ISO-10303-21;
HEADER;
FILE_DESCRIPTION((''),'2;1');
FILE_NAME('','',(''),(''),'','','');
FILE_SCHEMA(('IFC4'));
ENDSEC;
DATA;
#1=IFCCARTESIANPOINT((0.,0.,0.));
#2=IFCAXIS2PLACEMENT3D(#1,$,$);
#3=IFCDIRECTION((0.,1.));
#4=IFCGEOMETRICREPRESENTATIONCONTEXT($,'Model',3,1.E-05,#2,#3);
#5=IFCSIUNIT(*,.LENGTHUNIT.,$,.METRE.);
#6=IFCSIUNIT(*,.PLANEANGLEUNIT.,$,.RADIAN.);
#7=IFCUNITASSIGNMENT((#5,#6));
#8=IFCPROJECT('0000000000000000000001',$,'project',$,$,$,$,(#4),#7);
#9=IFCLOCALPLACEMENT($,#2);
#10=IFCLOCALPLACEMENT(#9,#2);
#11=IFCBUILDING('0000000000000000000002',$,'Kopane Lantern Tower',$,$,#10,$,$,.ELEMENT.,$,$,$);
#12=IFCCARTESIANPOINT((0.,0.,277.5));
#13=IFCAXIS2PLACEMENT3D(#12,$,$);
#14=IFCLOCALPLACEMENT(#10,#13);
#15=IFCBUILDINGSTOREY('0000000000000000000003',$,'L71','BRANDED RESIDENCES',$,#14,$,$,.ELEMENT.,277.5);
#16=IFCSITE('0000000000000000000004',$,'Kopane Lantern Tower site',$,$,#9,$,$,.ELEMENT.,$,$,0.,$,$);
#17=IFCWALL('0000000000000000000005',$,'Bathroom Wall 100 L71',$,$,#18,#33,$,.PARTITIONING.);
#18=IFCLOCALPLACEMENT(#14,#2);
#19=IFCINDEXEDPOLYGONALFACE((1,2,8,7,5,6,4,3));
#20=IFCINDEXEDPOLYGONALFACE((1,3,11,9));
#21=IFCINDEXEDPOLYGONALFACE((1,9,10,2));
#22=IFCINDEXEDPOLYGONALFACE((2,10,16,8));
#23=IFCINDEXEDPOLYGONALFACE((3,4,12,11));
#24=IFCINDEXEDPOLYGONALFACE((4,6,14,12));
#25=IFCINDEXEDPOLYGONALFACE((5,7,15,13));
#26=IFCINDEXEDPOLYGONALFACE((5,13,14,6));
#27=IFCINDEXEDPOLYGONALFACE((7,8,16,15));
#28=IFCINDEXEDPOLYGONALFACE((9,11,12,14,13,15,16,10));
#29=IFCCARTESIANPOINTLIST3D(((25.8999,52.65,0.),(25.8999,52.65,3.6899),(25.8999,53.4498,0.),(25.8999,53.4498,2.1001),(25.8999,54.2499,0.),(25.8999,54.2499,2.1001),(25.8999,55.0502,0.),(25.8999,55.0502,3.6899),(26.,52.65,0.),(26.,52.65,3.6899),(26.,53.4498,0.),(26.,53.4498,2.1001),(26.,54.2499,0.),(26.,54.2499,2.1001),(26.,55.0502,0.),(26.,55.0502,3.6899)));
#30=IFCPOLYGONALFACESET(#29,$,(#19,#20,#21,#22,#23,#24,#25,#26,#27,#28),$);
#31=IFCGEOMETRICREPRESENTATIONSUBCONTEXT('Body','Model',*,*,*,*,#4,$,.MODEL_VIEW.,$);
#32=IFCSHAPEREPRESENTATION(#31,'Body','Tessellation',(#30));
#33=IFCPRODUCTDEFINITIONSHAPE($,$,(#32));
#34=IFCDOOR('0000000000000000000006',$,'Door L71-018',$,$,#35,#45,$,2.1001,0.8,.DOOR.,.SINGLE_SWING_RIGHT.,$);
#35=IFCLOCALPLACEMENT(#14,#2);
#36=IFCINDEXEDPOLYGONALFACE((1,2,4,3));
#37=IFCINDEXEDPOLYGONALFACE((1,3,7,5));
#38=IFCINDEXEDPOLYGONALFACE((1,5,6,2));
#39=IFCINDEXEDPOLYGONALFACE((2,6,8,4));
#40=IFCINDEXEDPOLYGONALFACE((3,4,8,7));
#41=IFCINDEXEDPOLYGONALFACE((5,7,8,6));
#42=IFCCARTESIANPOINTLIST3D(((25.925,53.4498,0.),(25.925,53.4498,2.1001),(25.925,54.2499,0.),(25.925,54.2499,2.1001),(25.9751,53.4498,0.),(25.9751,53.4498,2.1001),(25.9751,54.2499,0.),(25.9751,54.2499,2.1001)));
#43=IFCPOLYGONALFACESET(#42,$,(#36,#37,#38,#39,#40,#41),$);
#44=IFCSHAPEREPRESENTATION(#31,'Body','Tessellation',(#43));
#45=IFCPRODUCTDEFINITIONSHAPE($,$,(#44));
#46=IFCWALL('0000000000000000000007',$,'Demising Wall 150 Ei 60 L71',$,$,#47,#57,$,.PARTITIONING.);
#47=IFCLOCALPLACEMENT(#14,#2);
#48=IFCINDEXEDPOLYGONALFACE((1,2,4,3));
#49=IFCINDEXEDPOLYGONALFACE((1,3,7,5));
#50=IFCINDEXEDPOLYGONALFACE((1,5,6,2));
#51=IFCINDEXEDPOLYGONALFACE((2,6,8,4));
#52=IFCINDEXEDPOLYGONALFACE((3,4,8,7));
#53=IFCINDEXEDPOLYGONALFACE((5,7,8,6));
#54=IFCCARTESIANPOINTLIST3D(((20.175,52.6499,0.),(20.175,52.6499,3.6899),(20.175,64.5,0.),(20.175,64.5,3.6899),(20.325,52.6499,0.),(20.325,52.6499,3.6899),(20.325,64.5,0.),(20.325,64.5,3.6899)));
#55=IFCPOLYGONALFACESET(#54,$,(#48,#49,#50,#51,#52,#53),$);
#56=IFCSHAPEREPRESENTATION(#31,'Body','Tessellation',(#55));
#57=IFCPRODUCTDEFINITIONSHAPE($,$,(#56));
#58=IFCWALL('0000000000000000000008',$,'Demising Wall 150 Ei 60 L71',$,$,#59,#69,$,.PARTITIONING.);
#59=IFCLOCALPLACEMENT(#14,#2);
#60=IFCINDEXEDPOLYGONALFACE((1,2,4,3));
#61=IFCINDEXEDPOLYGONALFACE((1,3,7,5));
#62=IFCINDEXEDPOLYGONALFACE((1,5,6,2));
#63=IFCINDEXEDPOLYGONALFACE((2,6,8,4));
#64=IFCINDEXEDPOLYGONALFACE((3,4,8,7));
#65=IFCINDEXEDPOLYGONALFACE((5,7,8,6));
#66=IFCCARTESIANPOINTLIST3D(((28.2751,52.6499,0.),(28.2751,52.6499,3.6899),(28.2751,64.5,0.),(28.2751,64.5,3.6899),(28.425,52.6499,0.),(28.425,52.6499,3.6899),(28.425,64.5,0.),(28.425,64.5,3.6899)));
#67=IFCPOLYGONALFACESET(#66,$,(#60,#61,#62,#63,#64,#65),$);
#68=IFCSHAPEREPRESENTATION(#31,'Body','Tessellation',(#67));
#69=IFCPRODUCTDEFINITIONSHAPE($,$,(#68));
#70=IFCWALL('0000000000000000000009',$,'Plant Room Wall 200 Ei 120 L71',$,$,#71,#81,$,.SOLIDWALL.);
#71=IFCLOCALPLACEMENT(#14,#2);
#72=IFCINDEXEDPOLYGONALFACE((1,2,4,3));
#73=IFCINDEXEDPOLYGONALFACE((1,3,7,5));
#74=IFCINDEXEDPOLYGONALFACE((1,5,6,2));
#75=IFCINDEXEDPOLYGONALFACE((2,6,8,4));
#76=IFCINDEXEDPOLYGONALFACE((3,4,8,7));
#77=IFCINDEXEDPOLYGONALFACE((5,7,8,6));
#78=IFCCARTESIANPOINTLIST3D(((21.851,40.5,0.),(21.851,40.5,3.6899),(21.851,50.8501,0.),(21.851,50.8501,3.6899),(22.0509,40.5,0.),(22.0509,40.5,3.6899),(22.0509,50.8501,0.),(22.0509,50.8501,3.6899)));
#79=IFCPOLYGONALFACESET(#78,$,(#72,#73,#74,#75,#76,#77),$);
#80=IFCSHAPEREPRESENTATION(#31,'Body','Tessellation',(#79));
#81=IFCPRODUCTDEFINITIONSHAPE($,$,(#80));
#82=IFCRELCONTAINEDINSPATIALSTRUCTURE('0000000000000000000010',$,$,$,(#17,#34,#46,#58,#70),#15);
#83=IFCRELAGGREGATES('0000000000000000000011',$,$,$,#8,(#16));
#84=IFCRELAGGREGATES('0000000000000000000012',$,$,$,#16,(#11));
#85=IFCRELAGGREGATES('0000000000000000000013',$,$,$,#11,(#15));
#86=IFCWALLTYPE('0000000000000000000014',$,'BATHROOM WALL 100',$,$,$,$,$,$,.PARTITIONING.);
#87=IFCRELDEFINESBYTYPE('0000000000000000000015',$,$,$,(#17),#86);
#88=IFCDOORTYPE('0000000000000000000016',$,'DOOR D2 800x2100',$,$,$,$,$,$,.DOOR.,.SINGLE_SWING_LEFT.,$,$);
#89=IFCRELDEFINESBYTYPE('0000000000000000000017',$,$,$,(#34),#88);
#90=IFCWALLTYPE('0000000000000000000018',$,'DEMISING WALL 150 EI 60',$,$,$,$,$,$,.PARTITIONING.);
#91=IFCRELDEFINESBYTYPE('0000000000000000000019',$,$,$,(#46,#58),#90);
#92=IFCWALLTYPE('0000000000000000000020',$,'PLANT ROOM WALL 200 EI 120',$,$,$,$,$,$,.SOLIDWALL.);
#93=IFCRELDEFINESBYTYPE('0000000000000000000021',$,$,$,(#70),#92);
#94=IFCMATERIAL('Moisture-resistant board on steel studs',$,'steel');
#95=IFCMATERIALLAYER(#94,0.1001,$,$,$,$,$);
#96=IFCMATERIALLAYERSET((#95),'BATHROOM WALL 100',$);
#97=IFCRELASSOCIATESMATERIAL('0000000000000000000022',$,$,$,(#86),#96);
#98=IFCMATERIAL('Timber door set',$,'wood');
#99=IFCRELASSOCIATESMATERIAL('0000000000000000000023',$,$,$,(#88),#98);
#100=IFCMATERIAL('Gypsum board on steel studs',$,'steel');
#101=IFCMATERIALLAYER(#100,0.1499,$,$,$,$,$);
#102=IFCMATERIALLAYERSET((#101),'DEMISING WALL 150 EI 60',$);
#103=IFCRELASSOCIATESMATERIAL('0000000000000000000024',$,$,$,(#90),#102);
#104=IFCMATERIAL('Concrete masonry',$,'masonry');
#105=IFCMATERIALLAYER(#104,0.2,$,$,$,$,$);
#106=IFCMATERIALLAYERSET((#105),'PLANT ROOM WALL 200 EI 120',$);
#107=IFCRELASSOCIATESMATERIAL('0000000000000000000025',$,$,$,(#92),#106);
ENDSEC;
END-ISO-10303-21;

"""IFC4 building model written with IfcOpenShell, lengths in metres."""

from ifc_helpers import new_model, si_unit, direction, frame, frame_2d, origin, place, context, subcontext, project, spatial, rectangle, extrude, material, layer, layer_set, type_object, element, fill, save


model = new_model("IFC4")

# Units and contexts
model_context = context("Model", 3, precision=1e-05, world=origin(), true_north=direction((0.0, 1.0)))
body_context = subcontext(model_context, "Body", "Model", "MODEL_VIEW")
ifc_project = project(units=[si_unit("LENGTHUNIT", "METRE"), si_unit("PLANEANGLEUNIT", "RADIAN")], contexts=[model_context])

# Site, building, storey
site_placement = place(None, origin())
site = spatial("IfcSite", under=ifc_project, at=site_placement, Name="Kopane Lantern Tower site", CompositionType="ELEMENT", RefElevation=0.0)
building_placement = place(site_placement, origin())
building = spatial("IfcBuilding", under=site, at=building_placement, Name="Kopane Lantern Tower", CompositionType="ELEMENT")
storey_placement = place(building_placement, frame((0.0, 0.0, 277.5)))
storey = spatial("IfcBuildingStorey", under=building, at=storey_placement, Name="L71", Description="BRANDED RESIDENCES", CompositionType="ELEMENT", Elevation=277.5)

# Wall, opening, door
ifc_material_1 = material(Name="Moisture-resistant board on steel studs", Category="steel")
ifc_layer_1 = layer(ifc_material_1, 0.1001)
ifc_layer_set_1 = layer_set([ifc_layer_1], Name="BATHROOM WALL 100")
wall_type_1 = type_object("IfcWallType", Name="BATHROOM WALL 100", PredefinedType="PARTITIONING", material=ifc_layer_set_1)
wall_1_placement = place(storey_placement, frame((25.95, 52.6499, 0.0), z_axis=(0.0, 0.0, 1.0), x_axis=(0.0, 1.0, 0.0)))
wall_1 = element("IfcWall", 1, at=wall_1_placement, inside=storey, type_object=wall_type_1, Name="Bathroom Wall 100 L71", PredefinedType="PARTITIONING", context=body_context, shape_type="SweptSolid", body=[
    extrude(rectangle(XDim=2.4001, YDim=0.1001, at=frame_2d((1.2002, 0.0))), origin(), (0.0, 0.0, 1.0), 3.6899),
])
opening_1_placement = place(wall_1_placement, frame((0.8, 0.0, 0.0)))
opening_1 = element("IfcOpeningElement", 2, at=opening_1_placement, cuts=wall_1, PredefinedType="OPENING", context=body_context, shape_type="SweptSolid", body=[
    extrude(rectangle(XDim=0.8, YDim=2.1001, at=frame_2d((0.3999, 1.05))), frame((0.0, 0.0601, 0.0), z_axis=(0.0, -1.0, 0.0), x_axis=(1.0, 0.0, 0.0)), (0.0, 0.0, 1.0), 0.1201),
])
ifc_material_2 = material(Name="Timber door set", Category="wood")
door_type_1 = type_object("IfcDoorType", Name="DOOR D2 800x2100", OperationType="SINGLE_SWING_LEFT", PredefinedType="DOOR", material=ifc_material_2)
door_1_placement = place(opening_1_placement, origin())
door_1 = element("IfcDoor", 3, at=door_1_placement, inside=storey, type_object=door_type_1, Name="Door L71-018", OperationType="SINGLE_SWING_RIGHT", OverallHeight=2.1001, OverallWidth=0.8, PredefinedType="DOOR", context=body_context, shape_type="SweptSolid", body=[
    extrude(rectangle(XDim=0.8, YDim=2.1001, at=frame_2d((0.3999, 1.05))), frame((0.0, 0.0249, 0.0), z_axis=(0.0, -1.0, 0.0), x_axis=(1.0, 0.0, 0.0)), (0.0, 0.0, 1.0), 0.05),
])
fill(opening_1, door_1)

# Walls
ifc_material_3 = material(Name="Gypsum board on steel studs", Category="steel")
ifc_layer_2 = layer(ifc_material_3, 0.1499)
ifc_layer_set_2 = layer_set([ifc_layer_2], Name="DEMISING WALL 150 EI 60")
wall_type_2 = type_object("IfcWallType", Name="DEMISING WALL 150 EI 60", PredefinedType="PARTITIONING", material=ifc_layer_set_2)
for number, where, z_axis, x_axis, name in (
    (4, (20.25, 52.6499, 0.0), (0.0, 0.0, 1.0), (0.0, 1.0, 0.0), "Demising Wall 150 Ei 60 L71"),
    (5, (28.3501, 52.6499, 0.0), (0.0, 0.0, 1.0), (0.0, 1.0, 0.0), "Demising Wall 150 Ei 60 L71"),
):
    element("IfcWall", number, at=place(storey_placement, frame(where, z_axis=z_axis, x_axis=x_axis)), inside=storey, type_object=wall_type_2, Name=name, PredefinedType="PARTITIONING", context=body_context, shape_type="SweptSolid", body=[
        extrude(rectangle(XDim=11.8501, YDim=0.1499, at=frame_2d((5.925, 0.0))), origin(), (0.0, 0.0, 1.0), 3.6899),
    ])
ifc_material_4 = material(Name="Concrete masonry", Category="masonry")
ifc_layer_3 = layer(ifc_material_4, 0.2)
ifc_layer_set_3 = layer_set([ifc_layer_3], Name="PLANT ROOM WALL 200 EI 120")
wall_type_3 = type_object("IfcWallType", Name="PLANT ROOM WALL 200 EI 120", PredefinedType="SOLIDWALL", material=ifc_layer_set_3)
wall_2_placement = place(storey_placement, frame((21.9509, 50.8501, 0.0), z_axis=(0.0, 0.0, 1.0), x_axis=(0.0, -1.0, 0.0)))
element("IfcWall", 6, at=wall_2_placement, inside=storey, type_object=wall_type_3, Name="Plant Room Wall 200 Ei 120 L71", PredefinedType="SOLIDWALL", context=body_context, shape_type="SweptSolid", body=[
    extrude(rectangle(XDim=10.3501, YDim=0.2, at=frame_2d((5.175, 0.0))), origin(), (0.0, 0.0, 1.0), 3.6899),
])

save(model, "model.ifc")
